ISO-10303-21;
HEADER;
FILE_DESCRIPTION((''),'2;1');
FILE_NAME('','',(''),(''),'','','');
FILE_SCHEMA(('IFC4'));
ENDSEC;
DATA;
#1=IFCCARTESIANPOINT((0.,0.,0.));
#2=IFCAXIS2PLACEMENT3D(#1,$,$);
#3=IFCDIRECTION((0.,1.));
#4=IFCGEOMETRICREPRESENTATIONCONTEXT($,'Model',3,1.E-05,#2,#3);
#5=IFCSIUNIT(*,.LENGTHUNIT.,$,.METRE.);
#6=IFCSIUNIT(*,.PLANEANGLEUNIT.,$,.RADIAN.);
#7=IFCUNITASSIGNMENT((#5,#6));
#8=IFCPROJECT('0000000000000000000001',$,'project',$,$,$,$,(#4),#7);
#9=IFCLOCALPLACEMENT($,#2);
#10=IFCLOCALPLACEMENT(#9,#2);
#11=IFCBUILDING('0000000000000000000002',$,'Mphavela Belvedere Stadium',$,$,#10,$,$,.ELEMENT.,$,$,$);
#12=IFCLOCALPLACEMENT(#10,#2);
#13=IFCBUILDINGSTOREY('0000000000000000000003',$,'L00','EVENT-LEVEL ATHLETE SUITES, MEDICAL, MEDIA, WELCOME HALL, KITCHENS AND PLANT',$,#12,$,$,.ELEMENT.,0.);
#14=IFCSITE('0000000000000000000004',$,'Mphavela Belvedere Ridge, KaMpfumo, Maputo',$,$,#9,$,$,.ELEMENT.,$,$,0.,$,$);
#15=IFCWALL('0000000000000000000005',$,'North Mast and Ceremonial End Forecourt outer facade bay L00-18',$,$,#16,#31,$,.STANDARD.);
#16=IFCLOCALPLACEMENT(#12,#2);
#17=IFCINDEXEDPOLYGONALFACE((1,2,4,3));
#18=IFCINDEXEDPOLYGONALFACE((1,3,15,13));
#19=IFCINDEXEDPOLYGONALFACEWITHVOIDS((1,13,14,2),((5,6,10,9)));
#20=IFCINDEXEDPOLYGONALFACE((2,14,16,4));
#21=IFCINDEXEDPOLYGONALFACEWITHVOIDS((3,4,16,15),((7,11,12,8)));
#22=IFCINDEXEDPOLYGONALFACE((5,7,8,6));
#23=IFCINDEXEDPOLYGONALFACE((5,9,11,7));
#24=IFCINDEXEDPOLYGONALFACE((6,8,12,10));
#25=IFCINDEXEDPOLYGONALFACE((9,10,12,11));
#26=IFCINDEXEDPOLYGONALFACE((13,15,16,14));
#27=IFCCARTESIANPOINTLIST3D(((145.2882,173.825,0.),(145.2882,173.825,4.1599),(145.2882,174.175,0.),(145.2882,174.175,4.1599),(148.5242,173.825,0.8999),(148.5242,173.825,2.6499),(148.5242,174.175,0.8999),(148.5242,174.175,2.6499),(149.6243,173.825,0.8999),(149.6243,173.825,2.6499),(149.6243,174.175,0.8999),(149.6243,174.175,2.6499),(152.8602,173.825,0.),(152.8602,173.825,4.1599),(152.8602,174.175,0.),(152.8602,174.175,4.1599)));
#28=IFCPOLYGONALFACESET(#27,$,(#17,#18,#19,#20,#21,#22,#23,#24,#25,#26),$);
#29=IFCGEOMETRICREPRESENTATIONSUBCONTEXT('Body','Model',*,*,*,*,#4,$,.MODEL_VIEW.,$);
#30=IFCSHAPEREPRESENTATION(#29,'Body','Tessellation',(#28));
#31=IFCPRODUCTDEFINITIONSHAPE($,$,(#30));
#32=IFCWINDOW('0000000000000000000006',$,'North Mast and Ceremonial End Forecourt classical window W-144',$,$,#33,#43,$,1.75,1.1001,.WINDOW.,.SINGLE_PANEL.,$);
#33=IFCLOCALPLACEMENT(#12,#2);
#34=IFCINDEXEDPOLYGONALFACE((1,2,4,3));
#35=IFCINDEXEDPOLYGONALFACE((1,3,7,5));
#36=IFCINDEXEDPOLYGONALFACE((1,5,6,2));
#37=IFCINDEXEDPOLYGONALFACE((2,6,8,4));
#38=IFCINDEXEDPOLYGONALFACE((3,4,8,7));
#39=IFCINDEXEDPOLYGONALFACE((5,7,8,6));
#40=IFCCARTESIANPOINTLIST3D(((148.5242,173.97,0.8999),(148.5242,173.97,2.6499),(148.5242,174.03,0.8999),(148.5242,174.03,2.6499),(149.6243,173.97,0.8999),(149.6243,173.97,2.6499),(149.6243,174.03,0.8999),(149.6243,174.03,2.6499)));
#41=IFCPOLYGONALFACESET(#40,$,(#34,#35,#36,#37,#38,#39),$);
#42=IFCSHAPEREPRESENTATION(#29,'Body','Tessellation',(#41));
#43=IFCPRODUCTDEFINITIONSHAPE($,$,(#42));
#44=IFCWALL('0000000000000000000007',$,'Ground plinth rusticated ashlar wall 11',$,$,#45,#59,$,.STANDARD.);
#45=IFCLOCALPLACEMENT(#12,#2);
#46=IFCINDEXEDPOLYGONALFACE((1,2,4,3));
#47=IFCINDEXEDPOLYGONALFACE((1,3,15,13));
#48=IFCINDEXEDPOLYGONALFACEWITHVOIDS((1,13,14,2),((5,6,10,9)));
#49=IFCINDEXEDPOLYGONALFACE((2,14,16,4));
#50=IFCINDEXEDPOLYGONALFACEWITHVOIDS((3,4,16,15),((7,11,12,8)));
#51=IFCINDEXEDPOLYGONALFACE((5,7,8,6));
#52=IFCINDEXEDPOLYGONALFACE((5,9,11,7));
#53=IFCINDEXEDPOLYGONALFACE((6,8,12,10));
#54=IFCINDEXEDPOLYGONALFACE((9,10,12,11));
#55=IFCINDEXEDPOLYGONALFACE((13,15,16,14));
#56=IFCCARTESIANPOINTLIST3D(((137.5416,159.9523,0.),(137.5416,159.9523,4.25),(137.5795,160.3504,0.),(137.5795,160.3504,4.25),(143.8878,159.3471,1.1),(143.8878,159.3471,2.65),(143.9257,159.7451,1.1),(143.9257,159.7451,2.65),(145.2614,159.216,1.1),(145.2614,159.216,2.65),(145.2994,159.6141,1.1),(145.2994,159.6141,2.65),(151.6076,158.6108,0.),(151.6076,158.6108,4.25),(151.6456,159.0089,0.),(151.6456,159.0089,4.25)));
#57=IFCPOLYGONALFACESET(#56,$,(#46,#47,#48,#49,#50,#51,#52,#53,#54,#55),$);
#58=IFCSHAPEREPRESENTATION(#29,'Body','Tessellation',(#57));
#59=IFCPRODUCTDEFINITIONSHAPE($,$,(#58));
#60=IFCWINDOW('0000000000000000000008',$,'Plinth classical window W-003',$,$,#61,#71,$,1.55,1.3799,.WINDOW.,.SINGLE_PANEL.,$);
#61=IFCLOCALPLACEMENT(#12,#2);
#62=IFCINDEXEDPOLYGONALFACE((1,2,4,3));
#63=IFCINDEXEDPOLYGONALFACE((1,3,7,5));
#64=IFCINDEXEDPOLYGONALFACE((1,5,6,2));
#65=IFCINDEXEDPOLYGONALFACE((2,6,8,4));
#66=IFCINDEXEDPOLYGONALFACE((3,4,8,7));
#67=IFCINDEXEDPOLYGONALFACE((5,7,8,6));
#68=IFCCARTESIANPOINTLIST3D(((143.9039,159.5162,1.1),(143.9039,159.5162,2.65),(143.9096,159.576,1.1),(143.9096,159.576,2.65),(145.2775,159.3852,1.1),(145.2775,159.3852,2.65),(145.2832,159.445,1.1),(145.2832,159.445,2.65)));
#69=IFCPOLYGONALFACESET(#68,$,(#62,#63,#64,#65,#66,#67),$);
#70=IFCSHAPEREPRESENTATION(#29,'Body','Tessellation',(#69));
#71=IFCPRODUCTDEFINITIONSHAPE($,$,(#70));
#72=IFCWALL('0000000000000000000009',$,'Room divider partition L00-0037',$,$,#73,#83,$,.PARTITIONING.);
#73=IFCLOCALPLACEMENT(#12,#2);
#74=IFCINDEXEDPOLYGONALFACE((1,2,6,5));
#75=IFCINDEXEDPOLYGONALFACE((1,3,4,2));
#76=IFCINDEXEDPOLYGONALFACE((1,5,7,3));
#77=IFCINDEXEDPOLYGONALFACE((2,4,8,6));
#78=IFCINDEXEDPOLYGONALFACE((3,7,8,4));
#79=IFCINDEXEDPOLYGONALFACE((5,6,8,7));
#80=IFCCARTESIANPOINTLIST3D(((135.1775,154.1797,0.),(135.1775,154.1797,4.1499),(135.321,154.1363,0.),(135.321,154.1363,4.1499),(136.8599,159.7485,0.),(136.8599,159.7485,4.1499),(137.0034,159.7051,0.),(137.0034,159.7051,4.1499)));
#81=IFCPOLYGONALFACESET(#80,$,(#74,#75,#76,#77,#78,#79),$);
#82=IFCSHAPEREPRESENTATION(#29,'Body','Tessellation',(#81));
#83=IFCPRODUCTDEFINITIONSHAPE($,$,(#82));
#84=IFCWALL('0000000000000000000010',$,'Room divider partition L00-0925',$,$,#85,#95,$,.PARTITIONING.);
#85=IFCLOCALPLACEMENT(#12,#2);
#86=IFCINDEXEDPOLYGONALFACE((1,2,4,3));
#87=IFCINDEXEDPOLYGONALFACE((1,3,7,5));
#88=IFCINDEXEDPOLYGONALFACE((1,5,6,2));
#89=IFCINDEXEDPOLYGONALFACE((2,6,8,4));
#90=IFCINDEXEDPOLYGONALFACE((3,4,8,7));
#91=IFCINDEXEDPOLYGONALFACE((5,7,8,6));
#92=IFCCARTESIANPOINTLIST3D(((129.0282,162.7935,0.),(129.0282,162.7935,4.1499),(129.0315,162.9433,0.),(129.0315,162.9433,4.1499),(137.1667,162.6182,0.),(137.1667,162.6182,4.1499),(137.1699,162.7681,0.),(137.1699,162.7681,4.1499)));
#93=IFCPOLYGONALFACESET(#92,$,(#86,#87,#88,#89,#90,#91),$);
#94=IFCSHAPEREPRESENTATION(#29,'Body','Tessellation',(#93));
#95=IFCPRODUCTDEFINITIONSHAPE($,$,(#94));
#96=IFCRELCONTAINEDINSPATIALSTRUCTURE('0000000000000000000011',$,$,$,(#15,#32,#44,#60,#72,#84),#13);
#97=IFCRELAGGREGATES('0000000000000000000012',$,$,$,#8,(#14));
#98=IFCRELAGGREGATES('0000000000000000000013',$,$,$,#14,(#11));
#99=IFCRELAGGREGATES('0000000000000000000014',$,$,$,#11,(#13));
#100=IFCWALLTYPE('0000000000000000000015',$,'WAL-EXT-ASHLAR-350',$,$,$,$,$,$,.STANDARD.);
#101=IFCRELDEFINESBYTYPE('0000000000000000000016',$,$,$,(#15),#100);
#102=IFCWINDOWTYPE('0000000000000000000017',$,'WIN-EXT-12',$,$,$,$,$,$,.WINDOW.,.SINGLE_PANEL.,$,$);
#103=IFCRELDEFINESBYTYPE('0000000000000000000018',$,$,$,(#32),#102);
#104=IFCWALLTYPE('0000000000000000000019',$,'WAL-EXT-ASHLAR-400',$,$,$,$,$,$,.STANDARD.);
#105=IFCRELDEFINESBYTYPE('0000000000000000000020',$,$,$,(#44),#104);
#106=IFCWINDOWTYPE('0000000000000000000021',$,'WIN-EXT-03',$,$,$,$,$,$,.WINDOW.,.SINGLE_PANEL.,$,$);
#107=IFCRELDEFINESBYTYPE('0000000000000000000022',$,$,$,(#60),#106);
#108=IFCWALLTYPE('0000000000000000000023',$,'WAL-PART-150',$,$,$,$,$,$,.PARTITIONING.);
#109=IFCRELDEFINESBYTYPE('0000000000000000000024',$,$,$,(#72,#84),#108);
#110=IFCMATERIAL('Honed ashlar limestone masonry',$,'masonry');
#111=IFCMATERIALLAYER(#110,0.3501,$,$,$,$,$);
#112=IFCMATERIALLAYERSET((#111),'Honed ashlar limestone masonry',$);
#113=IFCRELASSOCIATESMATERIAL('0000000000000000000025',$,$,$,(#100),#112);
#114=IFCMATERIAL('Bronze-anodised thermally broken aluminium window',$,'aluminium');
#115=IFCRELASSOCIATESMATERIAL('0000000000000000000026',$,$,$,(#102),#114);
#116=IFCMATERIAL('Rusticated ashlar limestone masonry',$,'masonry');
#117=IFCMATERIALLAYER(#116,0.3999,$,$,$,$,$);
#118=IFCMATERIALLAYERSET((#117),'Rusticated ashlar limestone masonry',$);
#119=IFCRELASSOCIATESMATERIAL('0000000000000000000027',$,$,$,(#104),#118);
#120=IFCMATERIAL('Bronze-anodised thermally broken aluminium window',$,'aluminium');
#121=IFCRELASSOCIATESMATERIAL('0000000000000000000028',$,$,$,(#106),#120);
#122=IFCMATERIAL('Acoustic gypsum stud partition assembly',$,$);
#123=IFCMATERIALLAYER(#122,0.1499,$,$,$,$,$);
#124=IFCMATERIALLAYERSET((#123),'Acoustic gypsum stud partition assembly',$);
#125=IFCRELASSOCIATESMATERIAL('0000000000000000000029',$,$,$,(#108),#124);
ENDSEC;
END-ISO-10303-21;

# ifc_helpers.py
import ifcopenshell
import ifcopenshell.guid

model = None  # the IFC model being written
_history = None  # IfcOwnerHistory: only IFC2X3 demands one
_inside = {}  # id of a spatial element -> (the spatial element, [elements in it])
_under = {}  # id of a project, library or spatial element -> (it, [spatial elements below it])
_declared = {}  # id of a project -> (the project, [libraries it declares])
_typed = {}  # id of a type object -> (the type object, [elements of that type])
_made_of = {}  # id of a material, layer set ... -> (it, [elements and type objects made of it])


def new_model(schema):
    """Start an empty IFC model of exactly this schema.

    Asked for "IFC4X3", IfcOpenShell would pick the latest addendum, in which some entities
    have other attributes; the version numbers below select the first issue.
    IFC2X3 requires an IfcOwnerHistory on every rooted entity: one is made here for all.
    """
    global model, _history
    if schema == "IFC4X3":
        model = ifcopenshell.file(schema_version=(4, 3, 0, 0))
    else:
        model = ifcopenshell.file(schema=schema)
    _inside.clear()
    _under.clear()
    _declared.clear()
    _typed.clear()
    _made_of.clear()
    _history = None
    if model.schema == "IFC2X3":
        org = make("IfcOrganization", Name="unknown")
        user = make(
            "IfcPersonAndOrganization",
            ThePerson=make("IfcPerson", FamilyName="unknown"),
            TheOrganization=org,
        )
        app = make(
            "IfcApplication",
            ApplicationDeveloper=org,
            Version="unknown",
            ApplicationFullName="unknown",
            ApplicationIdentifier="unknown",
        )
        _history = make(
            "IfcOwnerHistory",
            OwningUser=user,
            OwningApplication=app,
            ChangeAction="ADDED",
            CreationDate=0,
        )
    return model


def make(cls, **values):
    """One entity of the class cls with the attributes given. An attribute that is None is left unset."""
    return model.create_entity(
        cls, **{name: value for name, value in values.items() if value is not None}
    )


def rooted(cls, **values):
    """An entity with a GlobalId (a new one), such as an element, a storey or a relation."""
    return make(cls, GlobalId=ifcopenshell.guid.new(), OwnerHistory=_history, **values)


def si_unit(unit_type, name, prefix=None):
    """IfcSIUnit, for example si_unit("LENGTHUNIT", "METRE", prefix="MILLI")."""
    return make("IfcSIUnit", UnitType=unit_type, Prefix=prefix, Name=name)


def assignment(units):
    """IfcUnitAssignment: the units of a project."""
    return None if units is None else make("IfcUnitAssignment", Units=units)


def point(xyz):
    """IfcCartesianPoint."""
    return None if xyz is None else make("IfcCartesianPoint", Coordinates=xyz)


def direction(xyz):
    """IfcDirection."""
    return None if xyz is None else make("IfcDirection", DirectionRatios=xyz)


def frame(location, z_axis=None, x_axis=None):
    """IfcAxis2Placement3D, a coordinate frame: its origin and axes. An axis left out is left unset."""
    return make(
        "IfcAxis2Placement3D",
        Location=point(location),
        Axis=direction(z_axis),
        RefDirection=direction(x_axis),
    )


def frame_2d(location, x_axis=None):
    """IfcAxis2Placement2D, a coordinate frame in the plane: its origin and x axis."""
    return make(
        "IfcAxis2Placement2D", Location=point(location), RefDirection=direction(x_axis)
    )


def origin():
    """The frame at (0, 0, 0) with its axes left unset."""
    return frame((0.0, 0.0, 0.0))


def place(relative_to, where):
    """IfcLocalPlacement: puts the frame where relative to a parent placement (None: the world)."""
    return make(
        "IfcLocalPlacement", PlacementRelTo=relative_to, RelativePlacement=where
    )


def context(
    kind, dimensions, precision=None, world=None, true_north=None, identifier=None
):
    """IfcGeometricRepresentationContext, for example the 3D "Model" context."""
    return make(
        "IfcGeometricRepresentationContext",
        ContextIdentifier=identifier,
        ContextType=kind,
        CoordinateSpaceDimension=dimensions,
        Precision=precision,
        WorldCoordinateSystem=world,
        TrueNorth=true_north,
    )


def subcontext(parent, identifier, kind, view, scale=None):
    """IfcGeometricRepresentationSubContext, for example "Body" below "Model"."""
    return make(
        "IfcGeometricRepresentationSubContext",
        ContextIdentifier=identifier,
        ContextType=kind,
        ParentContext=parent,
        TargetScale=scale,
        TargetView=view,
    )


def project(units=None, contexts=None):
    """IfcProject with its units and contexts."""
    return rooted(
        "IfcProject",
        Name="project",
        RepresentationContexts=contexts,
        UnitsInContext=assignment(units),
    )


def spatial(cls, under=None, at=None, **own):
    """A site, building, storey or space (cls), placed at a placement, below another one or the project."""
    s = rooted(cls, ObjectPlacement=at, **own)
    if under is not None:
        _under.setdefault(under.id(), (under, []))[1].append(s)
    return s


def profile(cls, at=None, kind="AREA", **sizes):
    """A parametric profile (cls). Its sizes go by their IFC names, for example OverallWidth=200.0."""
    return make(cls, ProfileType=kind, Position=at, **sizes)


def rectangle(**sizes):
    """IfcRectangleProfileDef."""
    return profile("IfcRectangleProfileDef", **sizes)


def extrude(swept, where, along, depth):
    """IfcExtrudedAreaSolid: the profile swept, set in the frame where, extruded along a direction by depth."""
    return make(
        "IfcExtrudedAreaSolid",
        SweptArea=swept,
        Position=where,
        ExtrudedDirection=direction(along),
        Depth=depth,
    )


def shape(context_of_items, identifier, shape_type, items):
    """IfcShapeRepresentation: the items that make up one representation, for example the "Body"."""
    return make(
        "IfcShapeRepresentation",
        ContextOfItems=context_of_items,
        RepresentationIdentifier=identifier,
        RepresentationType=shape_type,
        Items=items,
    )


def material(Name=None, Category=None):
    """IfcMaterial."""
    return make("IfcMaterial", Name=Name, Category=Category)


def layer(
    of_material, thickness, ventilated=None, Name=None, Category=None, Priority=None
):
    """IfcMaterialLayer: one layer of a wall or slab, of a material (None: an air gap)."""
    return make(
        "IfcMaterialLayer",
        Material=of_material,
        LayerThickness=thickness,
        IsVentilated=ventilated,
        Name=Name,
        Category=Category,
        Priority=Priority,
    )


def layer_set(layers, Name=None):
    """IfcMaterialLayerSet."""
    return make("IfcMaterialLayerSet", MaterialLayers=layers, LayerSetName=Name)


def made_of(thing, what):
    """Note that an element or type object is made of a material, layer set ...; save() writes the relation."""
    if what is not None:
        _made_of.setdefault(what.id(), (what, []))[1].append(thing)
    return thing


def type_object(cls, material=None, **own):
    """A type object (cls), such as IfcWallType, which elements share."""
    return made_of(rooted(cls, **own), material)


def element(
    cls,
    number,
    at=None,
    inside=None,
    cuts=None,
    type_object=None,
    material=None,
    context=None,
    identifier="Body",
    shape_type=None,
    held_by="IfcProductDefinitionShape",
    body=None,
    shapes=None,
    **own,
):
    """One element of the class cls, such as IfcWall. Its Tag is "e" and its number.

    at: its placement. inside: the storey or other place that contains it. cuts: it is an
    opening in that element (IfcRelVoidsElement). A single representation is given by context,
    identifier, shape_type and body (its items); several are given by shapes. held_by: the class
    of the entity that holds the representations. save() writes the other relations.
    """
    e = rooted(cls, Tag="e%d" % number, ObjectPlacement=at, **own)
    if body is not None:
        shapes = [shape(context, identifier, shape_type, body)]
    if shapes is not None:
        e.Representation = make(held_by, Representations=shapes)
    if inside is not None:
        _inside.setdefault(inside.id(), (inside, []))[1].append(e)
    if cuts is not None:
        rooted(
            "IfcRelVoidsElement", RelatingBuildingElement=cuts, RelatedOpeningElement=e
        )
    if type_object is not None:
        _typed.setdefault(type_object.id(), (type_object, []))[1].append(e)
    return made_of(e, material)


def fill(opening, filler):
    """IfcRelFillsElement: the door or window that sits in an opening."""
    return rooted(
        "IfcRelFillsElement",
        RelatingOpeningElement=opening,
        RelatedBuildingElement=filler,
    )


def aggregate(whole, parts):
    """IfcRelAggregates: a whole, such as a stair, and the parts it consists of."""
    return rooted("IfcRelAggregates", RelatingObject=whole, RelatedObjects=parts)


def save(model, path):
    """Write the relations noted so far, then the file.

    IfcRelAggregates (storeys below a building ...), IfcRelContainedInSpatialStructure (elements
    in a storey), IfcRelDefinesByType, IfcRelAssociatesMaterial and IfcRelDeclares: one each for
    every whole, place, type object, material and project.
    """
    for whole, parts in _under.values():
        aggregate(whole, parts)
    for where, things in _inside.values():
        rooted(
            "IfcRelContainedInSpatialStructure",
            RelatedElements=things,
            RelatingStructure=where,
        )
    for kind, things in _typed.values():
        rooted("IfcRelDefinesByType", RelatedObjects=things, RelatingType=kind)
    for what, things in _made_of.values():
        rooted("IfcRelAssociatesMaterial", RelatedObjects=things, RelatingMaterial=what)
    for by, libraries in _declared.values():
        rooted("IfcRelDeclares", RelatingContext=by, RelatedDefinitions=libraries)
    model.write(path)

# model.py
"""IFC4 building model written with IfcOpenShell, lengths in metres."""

from ifc_helpers import new_model, si_unit, direction, frame, frame_2d, origin, place, context, subcontext, project, spatial, rectangle, extrude, material, layer, layer_set, type_object, element, fill, save


model = new_model("IFC4")

# Units and contexts
model_context = context("Model", 3, precision=1e-05, world=origin(), true_north=direction((0.0, 1.0)))
body_context = subcontext(model_context, "Body", "Model", "MODEL_VIEW")
ifc_project = project(units=[si_unit("LENGTHUNIT", "METRE"), si_unit("PLANEANGLEUNIT", "RADIAN")], contexts=[model_context])

# Site, building, storey
site_placement = place(None, origin())
site = spatial("IfcSite", under=ifc_project, at=site_placement, Name="Mphavela Belvedere Ridge, KaMpfumo, Maputo", CompositionType="ELEMENT", RefElevation=0.0)
building_placement = place(site_placement, origin())
building = spatial("IfcBuilding", under=site, at=building_placement, Name="Mphavela Belvedere Stadium", CompositionType="ELEMENT")
storey_placement = place(building_placement, origin())
storey = spatial("IfcBuildingStorey", under=building, at=storey_placement, Name="L00", Description="EVENT-LEVEL ATHLETE SUITES, MEDICAL, MEDIA, WELCOME HALL, KITCHENS AND PLANT", CompositionType="ELEMENT", Elevation=0.0)

# Walls, openings, windows
ifc_material_1 = material(Name="Honed ashlar limestone masonry", Category="masonry")
ifc_layer_1 = layer(ifc_material_1, 0.3501)
ifc_layer_set_1 = layer_set([ifc_layer_1], Name="Honed ashlar limestone masonry")
wall_type_1 = type_object("IfcWallType", Name="WAL-EXT-ASHLAR-350", PredefinedType="STANDARD", material=ifc_layer_set_1)
wall_1_placement = place(storey_placement, frame((145.2881, 174.0, 0.0), z_axis=(0.0, 0.0, 1.0), x_axis=(1.0, 0.0, 0.0)))
wall_1 = element("IfcWall", 1, at=wall_1_placement, inside=storey, type_object=wall_type_1, Name="North Mast and Ceremonial End Forecourt outer facade bay L00-18", PredefinedType="STANDARD", context=body_context, shape_type="SweptSolid", body=[
    extrude(rectangle(XDim=7.572, YDim=0.3501, at=frame_2d((3.7861, 0.0))), origin(), (0.0, 0.0, 1.0), 4.1599),
])
opening_1_placement = place(wall_1_placement, frame((3.2361, 0.0, 0.8999)))
opening_1 = element("IfcOpeningElement", 2, at=opening_1_placement, cuts=wall_1, PredefinedType="OPENING", context=body_context, shape_type="SweptSolid", body=[
    extrude(rectangle(XDim=1.1001, YDim=1.75, at=frame_2d((0.55, 0.875))), frame((0.0, 0.1851, 0.0), z_axis=(0.0, -1.0, 0.0), x_axis=(1.0, 0.0, 0.0)), (0.0, 0.0, 1.0), 0.3701),
])
ifc_material_2 = material(Name="Bronze-anodised thermally broken aluminium window", Category="aluminium")
window_type_1 = type_object("IfcWindowType", Name="WIN-EXT-12", PartitioningType="SINGLE_PANEL", PredefinedType="WINDOW", material=ifc_material_2)
window_1_placement = place(opening_1_placement, origin())
window_1 = element("IfcWindow", 3, at=window_1_placement, inside=storey, type_object=window_type_1, Name="North Mast and Ceremonial End Forecourt classical window W-144", OverallHeight=1.75, OverallWidth=1.1001, PartitioningType="SINGLE_PANEL", PredefinedType="WINDOW", context=body_context, shape_type="SweptSolid", body=[
    extrude(rectangle(XDim=1.1001, YDim=1.75, at=frame_2d((0.55, 0.875))), frame((0.0, 0.03, 0.0), z_axis=(0.0, -1.0, 0.0), x_axis=(1.0, 0.0, 0.0)), (0.0, 0.0, 1.0), 0.0601),
])
fill(opening_1, window_1)
ifc_material_3 = material(Name="Rusticated ashlar limestone masonry", Category="masonry")
ifc_layer_2 = layer(ifc_material_3, 0.3999)
ifc_layer_set_2 = layer_set([ifc_layer_2], Name="Rusticated ashlar limestone masonry")
wall_type_2 = type_object("IfcWallType", Name="WAL-EXT-ASHLAR-400", PredefinedType="STANDARD", material=ifc_layer_set_2)
wall_2_placement = place(storey_placement, frame((137.5605, 160.1514, 0.0), z_axis=(0.0, 0.0, 1.0), x_axis=(0.995483, -0.094944, 0.0)))
wall_2 = element("IfcWall", 4, at=wall_2_placement, inside=storey, type_object=wall_type_2, Name="Ground plinth rusticated ashlar wall 11", PredefinedType="STANDARD", context=body_context, shape_type="SweptSolid", body=[
    extrude(rectangle(XDim=14.1299, YDim=0.3999, at=frame_2d((7.0649, 0.0))), origin(), (0.0, 0.0, 1.0), 4.25),
])
opening_2_placement = place(wall_2_placement, frame((6.375, 0.0, 1.1001)))
opening_2 = element("IfcOpeningElement", 5, at=opening_2_placement, cuts=wall_2, PredefinedType="OPENING", context=body_context, shape_type="SweptSolid", body=[
    extrude(rectangle(XDim=1.3799, YDim=1.55, at=frame_2d((0.6899, 0.7749))), frame((0.0, 0.21, 0.0), z_axis=(0.0, -1.0, 0.0), x_axis=(1.0, 0.0, 0.0)), (0.0, 0.0, 1.0), 0.4199),
])
ifc_material_4 = material(Name="Bronze-anodised thermally broken aluminium window", Category="aluminium")
window_type_2 = type_object("IfcWindowType", Name="WIN-EXT-03", PartitioningType="SINGLE_PANEL", PredefinedType="WINDOW", material=ifc_material_4)
window_2_placement = place(opening_2_placement, origin())
window_2 = element("IfcWindow", 6, at=window_2_placement, inside=storey, type_object=window_type_2, Name="Plinth classical window W-003", OverallHeight=1.55, OverallWidth=1.3799, PartitioningType="SINGLE_PANEL", PredefinedType="WINDOW", context=body_context, shape_type="SweptSolid", body=[
    extrude(rectangle(XDim=1.3799, YDim=1.55, at=frame_2d((0.6899, 0.7749))), frame((0.0, 0.03, 0.0), z_axis=(0.0, -1.0, 0.0), x_axis=(1.0, 0.0, 0.0)), (0.0, 0.0, 1.0), 0.0601),
])
fill(opening_2, window_2)

# Walls
ifc_material_5 = material(Name="Acoustic gypsum stud partition assembly")
ifc_layer_3 = layer(ifc_material_5, 0.1499)
ifc_layer_set_3 = layer_set([ifc_layer_3], Name="Acoustic gypsum stud partition assembly")
wall_type_3 = type_object("IfcWallType", Name="WAL-PART-150", PredefinedType="PARTITIONING", material=ifc_layer_set_3)
wall_3_placement = place(storey_placement, frame((136.9316, 159.7268, 0.0), z_axis=(0.0, 0.0, 1.0), x_axis=(-0.289195, -0.95727, 0.0)))
element("IfcWall", 7, at=wall_3_placement, inside=storey, type_object=wall_type_3, Name="Room divider partition L00-0037", PredefinedType="PARTITIONING", context=body_context, shape_type="SweptSolid", body=[
    extrude(rectangle(XDim=5.8174, YDim=0.1499, at=frame_2d((2.9087, 0.0))), origin(), (0.0, 0.0, 1.0), 4.1499),
])
wall_4_placement = place(storey_placement, frame((137.1685, 162.6931, 0.0), z_axis=(0.0, 0.0, 1.0), x_axis=(-0.999768, 0.021534, 0.0)))
element("IfcWall", 8, at=wall_4_placement, inside=storey, type_object=wall_type_3, Name="Room divider partition L00-0925", PredefinedType="PARTITIONING", context=body_context, shape_type="SweptSolid", body=[
    extrude(rectangle(XDim=8.1404, YDim=0.1499, at=frame_2d((4.0703, 0.0))), origin(), (0.0, 0.0, 1.0), 4.1499),
])

save(model, "model.ifc")
